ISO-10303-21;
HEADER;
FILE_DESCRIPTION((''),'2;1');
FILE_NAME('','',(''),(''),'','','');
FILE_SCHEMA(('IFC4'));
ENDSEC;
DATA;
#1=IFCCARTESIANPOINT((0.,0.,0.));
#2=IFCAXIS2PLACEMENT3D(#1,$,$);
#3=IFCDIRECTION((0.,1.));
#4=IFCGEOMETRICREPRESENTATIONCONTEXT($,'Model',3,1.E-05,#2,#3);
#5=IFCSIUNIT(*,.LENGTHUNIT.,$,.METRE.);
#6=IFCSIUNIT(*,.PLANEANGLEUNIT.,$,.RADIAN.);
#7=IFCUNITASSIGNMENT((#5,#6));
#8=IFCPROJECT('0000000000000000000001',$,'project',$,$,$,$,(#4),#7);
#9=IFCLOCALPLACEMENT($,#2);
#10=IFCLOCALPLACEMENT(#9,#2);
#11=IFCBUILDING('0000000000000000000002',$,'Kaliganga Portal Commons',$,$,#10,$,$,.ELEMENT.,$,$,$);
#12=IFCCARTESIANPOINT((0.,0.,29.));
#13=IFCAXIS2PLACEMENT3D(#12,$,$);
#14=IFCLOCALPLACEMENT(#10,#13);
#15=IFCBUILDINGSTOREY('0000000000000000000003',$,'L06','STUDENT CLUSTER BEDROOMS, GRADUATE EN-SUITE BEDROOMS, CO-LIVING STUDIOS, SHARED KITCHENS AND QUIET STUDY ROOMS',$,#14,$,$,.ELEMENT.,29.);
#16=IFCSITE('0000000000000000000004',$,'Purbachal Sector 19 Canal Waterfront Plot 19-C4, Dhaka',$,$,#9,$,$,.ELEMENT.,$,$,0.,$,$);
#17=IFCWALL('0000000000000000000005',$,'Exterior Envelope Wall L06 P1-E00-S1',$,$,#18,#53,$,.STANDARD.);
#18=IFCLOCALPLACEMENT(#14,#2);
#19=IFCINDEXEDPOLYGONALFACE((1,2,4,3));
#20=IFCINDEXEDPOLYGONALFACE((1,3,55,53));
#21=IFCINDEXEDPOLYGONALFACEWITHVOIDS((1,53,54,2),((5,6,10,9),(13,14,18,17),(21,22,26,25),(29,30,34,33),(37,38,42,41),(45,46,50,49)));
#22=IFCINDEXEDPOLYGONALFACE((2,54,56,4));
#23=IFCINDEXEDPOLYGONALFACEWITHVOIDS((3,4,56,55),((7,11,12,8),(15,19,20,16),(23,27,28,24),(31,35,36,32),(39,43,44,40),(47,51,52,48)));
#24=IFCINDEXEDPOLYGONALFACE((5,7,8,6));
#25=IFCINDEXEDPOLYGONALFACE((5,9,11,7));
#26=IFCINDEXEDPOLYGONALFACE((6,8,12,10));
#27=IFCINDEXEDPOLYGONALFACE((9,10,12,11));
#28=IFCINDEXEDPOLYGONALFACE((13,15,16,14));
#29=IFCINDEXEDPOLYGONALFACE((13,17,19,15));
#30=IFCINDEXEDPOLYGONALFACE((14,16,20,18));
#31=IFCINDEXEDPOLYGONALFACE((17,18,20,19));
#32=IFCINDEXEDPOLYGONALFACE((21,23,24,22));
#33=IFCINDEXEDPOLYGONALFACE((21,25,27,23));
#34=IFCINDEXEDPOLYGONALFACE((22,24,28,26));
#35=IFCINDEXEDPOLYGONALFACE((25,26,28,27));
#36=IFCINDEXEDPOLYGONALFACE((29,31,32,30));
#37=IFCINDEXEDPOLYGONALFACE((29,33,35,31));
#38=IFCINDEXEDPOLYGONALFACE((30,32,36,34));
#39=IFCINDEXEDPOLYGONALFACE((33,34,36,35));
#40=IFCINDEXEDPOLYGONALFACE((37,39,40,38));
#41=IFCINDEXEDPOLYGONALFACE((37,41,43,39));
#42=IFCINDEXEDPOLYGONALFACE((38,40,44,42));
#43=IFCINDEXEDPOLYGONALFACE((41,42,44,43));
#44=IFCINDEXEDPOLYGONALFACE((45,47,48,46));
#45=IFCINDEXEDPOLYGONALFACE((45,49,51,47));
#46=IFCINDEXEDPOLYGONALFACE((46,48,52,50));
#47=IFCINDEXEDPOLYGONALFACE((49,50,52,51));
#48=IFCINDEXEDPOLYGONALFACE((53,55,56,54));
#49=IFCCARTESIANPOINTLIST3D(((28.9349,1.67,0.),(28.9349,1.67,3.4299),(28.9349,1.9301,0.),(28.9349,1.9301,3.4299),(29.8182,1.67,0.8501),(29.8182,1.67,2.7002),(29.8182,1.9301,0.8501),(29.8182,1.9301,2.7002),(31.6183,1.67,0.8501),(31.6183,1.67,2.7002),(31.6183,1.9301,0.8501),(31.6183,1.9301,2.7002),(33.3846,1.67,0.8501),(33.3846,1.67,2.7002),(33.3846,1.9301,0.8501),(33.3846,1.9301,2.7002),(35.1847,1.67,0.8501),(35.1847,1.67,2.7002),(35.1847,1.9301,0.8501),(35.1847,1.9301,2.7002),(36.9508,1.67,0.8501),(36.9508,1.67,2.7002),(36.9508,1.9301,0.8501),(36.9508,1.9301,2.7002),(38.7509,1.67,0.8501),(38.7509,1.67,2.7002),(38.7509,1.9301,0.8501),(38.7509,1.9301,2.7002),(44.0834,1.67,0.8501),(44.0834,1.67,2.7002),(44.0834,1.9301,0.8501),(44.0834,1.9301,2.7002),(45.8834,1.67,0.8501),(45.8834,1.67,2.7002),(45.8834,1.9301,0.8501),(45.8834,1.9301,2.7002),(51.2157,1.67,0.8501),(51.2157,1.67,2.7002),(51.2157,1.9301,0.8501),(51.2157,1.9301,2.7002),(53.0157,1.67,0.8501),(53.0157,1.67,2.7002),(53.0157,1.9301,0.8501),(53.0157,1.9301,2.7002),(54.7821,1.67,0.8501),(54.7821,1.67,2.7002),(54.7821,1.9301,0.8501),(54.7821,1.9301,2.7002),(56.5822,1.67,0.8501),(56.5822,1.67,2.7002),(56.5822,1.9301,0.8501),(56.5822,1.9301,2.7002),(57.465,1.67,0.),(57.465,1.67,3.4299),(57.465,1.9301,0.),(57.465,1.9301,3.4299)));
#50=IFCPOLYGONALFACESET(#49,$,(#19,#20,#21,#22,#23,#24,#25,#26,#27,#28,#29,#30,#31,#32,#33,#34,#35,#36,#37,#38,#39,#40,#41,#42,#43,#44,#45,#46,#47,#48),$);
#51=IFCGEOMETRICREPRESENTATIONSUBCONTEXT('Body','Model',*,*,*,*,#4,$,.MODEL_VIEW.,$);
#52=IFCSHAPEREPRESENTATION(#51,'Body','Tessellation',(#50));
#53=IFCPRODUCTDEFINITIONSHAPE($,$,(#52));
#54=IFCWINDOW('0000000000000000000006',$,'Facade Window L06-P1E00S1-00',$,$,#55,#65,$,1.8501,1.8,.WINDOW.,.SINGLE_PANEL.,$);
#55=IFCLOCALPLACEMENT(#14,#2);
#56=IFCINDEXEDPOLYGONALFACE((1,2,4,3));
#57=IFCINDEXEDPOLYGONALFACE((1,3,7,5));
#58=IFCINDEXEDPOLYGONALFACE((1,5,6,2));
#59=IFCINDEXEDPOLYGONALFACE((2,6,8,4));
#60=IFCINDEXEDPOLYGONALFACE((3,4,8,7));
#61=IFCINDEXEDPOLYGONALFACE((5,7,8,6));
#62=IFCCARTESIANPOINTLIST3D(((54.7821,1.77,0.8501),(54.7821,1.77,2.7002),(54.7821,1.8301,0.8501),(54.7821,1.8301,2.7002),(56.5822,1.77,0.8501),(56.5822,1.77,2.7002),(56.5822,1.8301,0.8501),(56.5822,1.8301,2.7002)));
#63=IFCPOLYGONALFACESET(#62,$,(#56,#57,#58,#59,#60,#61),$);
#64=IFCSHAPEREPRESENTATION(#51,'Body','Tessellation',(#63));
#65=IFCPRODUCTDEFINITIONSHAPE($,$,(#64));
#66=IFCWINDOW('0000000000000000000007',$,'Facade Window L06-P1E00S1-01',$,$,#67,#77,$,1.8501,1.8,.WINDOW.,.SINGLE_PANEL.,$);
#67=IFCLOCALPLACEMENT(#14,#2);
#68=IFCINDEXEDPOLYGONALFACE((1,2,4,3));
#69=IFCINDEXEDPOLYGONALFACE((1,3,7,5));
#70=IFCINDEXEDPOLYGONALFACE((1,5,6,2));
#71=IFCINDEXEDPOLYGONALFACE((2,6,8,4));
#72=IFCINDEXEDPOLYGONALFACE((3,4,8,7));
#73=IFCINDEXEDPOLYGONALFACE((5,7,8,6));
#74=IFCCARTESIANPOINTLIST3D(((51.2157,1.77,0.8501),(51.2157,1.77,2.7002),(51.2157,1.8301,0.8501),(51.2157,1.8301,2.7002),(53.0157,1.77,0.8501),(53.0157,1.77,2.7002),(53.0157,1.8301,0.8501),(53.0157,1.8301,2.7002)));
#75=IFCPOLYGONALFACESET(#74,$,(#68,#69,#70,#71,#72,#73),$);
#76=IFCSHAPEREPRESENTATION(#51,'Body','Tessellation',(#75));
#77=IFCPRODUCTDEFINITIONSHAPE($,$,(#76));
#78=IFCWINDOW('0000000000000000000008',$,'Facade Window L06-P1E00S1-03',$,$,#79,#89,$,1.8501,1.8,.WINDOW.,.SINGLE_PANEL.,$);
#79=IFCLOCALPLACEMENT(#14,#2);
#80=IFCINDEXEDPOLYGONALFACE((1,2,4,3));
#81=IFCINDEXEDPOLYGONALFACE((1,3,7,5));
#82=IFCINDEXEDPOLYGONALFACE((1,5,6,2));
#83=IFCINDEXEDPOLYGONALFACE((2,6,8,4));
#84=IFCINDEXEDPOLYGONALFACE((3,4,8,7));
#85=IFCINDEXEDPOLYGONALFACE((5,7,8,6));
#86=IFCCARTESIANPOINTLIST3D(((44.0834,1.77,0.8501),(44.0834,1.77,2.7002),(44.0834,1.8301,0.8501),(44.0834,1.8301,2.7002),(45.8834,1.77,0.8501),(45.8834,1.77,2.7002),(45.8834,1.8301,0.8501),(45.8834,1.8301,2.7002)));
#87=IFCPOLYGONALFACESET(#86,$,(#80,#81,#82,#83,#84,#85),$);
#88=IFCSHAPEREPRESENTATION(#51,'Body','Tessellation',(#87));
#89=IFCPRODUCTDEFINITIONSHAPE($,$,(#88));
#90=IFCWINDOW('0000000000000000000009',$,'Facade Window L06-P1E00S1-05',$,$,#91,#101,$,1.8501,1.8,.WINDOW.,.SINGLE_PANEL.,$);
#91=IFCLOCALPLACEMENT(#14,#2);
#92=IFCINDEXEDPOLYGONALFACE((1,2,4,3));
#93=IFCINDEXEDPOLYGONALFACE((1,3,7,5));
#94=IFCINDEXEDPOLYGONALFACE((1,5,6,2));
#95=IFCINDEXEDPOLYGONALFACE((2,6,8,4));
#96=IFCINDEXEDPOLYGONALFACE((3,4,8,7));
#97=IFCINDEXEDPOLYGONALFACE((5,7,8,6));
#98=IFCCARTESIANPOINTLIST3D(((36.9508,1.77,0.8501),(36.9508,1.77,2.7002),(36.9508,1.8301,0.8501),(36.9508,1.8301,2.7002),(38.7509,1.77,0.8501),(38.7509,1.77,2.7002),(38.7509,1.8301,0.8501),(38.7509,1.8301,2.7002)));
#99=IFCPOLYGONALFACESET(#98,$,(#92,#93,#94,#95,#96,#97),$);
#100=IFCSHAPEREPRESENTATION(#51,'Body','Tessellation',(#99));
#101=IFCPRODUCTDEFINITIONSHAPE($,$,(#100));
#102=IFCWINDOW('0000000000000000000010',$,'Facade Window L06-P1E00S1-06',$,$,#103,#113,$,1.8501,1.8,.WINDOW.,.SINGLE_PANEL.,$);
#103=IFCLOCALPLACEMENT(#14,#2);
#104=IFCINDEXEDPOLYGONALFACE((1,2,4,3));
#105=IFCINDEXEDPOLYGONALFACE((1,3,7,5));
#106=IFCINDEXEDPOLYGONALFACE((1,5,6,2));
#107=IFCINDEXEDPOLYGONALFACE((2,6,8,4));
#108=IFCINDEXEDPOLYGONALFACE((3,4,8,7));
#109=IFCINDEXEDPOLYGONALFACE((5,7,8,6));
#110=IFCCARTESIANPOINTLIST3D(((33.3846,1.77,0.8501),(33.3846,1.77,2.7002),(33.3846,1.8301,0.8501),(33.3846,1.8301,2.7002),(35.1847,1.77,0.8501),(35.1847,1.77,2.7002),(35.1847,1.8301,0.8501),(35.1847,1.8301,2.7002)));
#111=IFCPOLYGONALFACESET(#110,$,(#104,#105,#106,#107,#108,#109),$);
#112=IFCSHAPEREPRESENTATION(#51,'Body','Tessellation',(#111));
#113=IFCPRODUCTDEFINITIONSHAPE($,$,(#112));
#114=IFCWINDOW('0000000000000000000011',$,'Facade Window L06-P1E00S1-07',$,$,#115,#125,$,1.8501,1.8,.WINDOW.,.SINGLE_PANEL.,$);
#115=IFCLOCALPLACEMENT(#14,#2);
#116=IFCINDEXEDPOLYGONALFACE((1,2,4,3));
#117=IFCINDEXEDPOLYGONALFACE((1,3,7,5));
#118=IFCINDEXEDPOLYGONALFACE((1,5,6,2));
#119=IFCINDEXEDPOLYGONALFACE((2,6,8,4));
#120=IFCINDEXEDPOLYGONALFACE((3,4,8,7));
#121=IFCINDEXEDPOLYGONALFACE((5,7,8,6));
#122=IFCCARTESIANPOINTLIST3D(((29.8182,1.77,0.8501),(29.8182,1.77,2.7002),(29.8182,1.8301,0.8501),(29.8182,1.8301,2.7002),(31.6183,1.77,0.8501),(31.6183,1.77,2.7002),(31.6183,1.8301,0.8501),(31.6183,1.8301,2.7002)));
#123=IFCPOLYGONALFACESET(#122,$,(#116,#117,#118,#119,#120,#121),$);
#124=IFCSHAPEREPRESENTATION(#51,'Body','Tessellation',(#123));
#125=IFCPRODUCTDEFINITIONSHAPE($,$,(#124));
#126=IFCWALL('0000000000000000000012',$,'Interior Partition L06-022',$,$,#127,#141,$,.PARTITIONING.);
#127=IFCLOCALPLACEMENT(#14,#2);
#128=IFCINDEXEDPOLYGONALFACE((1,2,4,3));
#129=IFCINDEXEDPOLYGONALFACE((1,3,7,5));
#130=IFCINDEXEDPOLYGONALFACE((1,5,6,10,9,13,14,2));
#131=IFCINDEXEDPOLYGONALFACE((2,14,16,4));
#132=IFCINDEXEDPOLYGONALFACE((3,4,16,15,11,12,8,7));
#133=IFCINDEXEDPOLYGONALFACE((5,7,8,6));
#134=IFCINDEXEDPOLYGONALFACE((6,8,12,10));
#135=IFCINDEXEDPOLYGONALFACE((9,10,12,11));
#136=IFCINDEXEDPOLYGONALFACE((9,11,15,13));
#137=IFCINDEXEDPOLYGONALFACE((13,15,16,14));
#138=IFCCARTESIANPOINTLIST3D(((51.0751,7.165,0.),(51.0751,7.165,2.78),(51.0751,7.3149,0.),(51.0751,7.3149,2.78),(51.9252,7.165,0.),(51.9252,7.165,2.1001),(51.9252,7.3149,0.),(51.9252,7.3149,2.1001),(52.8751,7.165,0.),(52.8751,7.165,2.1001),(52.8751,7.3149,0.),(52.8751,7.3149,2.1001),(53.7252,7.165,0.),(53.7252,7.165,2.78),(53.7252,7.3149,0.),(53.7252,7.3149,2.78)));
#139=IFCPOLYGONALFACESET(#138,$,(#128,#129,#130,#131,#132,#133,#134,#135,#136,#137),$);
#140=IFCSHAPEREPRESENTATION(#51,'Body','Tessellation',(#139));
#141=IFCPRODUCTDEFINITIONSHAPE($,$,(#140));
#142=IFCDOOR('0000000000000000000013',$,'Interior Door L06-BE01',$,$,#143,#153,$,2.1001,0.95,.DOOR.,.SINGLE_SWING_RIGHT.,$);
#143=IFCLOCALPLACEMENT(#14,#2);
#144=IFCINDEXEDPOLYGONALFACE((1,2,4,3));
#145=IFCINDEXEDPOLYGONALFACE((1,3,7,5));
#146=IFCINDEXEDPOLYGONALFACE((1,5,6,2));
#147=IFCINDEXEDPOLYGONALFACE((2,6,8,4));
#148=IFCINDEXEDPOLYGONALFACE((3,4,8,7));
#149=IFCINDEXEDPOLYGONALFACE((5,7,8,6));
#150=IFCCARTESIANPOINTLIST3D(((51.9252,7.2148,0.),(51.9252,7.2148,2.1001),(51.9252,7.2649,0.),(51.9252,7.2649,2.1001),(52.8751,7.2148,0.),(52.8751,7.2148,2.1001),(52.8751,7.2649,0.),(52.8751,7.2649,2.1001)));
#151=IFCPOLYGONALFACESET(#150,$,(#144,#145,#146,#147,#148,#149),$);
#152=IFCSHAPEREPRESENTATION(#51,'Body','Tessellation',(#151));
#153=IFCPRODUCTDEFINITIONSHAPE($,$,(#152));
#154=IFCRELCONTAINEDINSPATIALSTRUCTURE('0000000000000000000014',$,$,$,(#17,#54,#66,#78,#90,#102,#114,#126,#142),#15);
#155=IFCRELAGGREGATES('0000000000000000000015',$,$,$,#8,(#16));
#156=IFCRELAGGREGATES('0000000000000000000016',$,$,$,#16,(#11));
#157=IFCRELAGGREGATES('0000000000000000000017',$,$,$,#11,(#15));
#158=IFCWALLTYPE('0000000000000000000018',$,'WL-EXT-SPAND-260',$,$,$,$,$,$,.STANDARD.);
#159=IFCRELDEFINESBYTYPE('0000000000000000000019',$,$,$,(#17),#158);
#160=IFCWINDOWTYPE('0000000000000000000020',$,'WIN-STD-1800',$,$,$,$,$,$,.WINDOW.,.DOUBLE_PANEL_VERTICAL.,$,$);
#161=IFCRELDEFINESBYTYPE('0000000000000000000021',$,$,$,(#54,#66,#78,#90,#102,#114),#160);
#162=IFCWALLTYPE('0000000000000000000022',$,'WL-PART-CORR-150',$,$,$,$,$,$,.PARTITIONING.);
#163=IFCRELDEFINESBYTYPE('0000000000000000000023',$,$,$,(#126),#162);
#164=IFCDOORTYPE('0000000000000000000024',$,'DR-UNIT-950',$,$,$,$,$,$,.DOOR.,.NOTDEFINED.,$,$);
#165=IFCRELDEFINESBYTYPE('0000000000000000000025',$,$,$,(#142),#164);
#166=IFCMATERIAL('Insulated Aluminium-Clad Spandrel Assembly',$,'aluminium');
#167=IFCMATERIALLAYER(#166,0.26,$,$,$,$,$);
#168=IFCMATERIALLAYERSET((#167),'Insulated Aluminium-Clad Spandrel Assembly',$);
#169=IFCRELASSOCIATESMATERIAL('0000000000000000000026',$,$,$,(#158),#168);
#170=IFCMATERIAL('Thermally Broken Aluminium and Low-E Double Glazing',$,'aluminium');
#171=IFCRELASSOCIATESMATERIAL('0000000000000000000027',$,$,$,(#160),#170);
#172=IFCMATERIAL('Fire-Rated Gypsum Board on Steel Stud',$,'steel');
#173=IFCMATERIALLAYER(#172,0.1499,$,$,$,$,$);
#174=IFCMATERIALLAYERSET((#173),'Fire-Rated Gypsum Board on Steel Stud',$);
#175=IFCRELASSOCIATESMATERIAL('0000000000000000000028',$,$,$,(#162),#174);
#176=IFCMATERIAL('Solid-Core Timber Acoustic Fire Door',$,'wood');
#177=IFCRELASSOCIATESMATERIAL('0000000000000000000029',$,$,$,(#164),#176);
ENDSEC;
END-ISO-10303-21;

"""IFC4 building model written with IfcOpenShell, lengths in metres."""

from ifc_helpers import new_model, si_unit, direction, frame, frame_2d, origin, place, context, subcontext, project, spatial, rectangle, extrude, material, layer, layer_set, type_object, element, fill, save


model = new_model("IFC4")

# Units and contexts
model_context = context("Model", 3, precision=1e-05, world=origin(), true_north=direction((0.0, 1.0)))
body_context = subcontext(model_context, "Body", "Model", "MODEL_VIEW")
ifc_project = project(units=[si_unit("LENGTHUNIT", "METRE"), si_unit("PLANEANGLEUNIT", "RADIAN")], contexts=[model_context])

# Site, building, storey
site_placement = place(None, origin())
site = spatial("IfcSite", under=ifc_project, at=site_placement, Name="Purbachal Sector 19 Canal Waterfront Plot 19-C4, Dhaka", CompositionType="ELEMENT", RefElevation=0.0)
building_placement = place(site_placement, origin())
building = spatial("IfcBuilding", under=site, at=building_placement, Name="Kaliganga Portal Commons", CompositionType="ELEMENT")
storey_placement = place(building_placement, frame((0.0, 0.0, 29.0)))
storey = spatial("IfcBuildingStorey", under=building, at=storey_placement, Name="L06", Description="STUDENT CLUSTER BEDROOMS, GRADUATE EN-SUITE BEDROOMS, CO-LIVING STUDIOS, SHARED KITCHENS AND QUIET STUDY ROOMS", CompositionType="ELEMENT", Elevation=29.0)

# Wall, openings, windows
ifc_material_1 = material(Name="Insulated Aluminium-Clad Spandrel Assembly", Category="aluminium")
ifc_layer_1 = layer(ifc_material_1, 0.26)
ifc_layer_set_1 = layer_set([ifc_layer_1], Name="Insulated Aluminium-Clad Spandrel Assembly")
wall_type_1 = type_object("IfcWallType", Name="WL-EXT-SPAND-260", PredefinedType="STANDARD", material=ifc_layer_set_1)
wall_1_placement = place(storey_placement, frame((57.4651, 1.8, 0.0), z_axis=(0.0, 0.0, 1.0), x_axis=(-1.0, 0.0, 0.0)))
wall_1 = element("IfcWall", 1, at=wall_1_placement, inside=storey, type_object=wall_type_1, Name="Exterior Envelope Wall L06 P1-E00-S1", PredefinedType="STANDARD", context=body_context, shape_type="SweptSolid", body=[
    extrude(rectangle(XDim=28.53, YDim=0.26, at=frame_2d((14.2651, 0.0))), origin(), (0.0, 0.0, 1.0), 3.4299),
])
opening_1_placement = place(wall_1_placement, frame((0.8831, 0.0, 0.8501)))
opening_1 = element("IfcOpeningElement", 2, at=opening_1_placement, cuts=wall_1, PredefinedType="OPENING", context=body_context, shape_type="SweptSolid", body=[
    extrude(rectangle(XDim=1.8, YDim=1.8501, at=frame_2d((0.8999, 0.925))), frame((0.0, 0.1401, 0.0), z_axis=(0.0, -1.0, 0.0), x_axis=(1.0, 0.0, 0.0)), (0.0, 0.0, 1.0), 0.28),
])
opening_2_placement = place(wall_1_placement, frame((4.4495, 0.0, 0.8501)))
opening_2 = element("IfcOpeningElement", 3, at=opening_2_placement, cuts=wall_1, PredefinedType="OPENING", context=body_context, shape_type="SweptSolid", body=[
    extrude(rectangle(XDim=1.8, YDim=1.8501, at=frame_2d((0.8999, 0.925))), frame((0.0, 0.1401, 0.0), z_axis=(0.0, -1.0, 0.0), x_axis=(1.0, 0.0, 0.0)), (0.0, 0.0, 1.0), 0.28),
])
opening_3_placement = place(wall_1_placement, frame((11.5818, 0.0, 0.8501)))
opening_3 = element("IfcOpeningElement", 4, at=opening_3_placement, cuts=wall_1, PredefinedType="OPENING", context=body_context, shape_type="SweptSolid", body=[
    extrude(rectangle(XDim=1.8, YDim=1.8501, at=frame_2d((0.8999, 0.925))), frame((0.0, 0.1401, 0.0), z_axis=(0.0, -1.0, 0.0), x_axis=(1.0, 0.0, 0.0)), (0.0, 0.0, 1.0), 0.28),
])
opening_4_placement = place(wall_1_placement, frame((18.7144, 0.0, 0.8501)))
opening_4 = element("IfcOpeningElement", 5, at=opening_4_placement, cuts=wall_1, PredefinedType="OPENING", context=body_context, shape_type="SweptSolid", body=[
    extrude(rectangle(XDim=1.8, YDim=1.8501, at=frame_2d((0.8999, 0.925))), frame((0.0, 0.1401, 0.0), z_axis=(0.0, -1.0, 0.0), x_axis=(1.0, 0.0, 0.0)), (0.0, 0.0, 1.0), 0.28),
])
opening_5_placement = place(wall_1_placement, frame((22.2805, 0.0, 0.8501)))
opening_5 = element("IfcOpeningElement", 6, at=opening_5_placement, cuts=wall_1, PredefinedType="OPENING", context=body_context, shape_type="SweptSolid", body=[
    extrude(rectangle(XDim=1.8, YDim=1.8501, at=frame_2d((0.8999, 0.925))), frame((0.0, 0.1401, 0.0), z_axis=(0.0, -1.0, 0.0), x_axis=(1.0, 0.0, 0.0)), (0.0, 0.0, 1.0), 0.28),
])
opening_6_placement = place(wall_1_placement, frame((25.8469, 0.0, 0.8501)))
opening_6 = element("IfcOpeningElement", 7, at=opening_6_placement, cuts=wall_1, PredefinedType="OPENING", context=body_context, shape_type="SweptSolid", body=[
    extrude(rectangle(XDim=1.8, YDim=1.8501, at=frame_2d((0.8999, 0.925))), frame((0.0, 0.1401, 0.0), z_axis=(0.0, -1.0, 0.0), x_axis=(1.0, 0.0, 0.0)), (0.0, 0.0, 1.0), 0.28),
])
ifc_material_2 = material(Name="Thermally Broken Aluminium and Low-E Double Glazing", Category="aluminium")
window_type = type_object("IfcWindowType", Name="WIN-STD-1800", PartitioningType="DOUBLE_PANEL_VERTICAL", PredefinedType="WINDOW", material=ifc_material_2)
window_1_placement = place(opening_1_placement, origin())
window_1 = element("IfcWindow", 8, at=window_1_placement, inside=storey, type_object=window_type, Name="Facade Window L06-P1E00S1-00", OverallHeight=1.8501, OverallWidth=1.8, PartitioningType="SINGLE_PANEL", PredefinedType="WINDOW", context=body_context, shape_type="SweptSolid", body=[
    extrude(rectangle(XDim=1.8, YDim=1.8501, at=frame_2d((0.8999, 0.925))), frame((0.0, 0.03, 0.0), z_axis=(0.0, -1.0, 0.0), x_axis=(1.0, 0.0, 0.0)), (0.0, 0.0, 1.0), 0.0601),
])
fill(opening_1, window_1)
window_2_placement = place(opening_2_placement, origin())
window_2 = element("IfcWindow", 9, at=window_2_placement, inside=storey, type_object=window_type, Name="Facade Window L06-P1E00S1-01", OverallHeight=1.8501, OverallWidth=1.8, PartitioningType="SINGLE_PANEL", PredefinedType="WINDOW", context=body_context, shape_type="SweptSolid", body=[
    extrude(rectangle(XDim=1.8, YDim=1.8501, at=frame_2d((0.8999, 0.925))), frame((0.0, 0.03, 0.0), z_axis=(0.0, -1.0, 0.0), x_axis=(1.0, 0.0, 0.0)), (0.0, 0.0, 1.0), 0.0601),
])
fill(opening_2, window_2)
window_3_placement = place(opening_3_placement, origin())
window_3 = element("IfcWindow", 10, at=window_3_placement, inside=storey, type_object=window_type, Name="Facade Window L06-P1E00S1-03", OverallHeight=1.8501, OverallWidth=1.8, PartitioningType="SINGLE_PANEL", PredefinedType="WINDOW", context=body_context, shape_type="SweptSolid", body=[
    extrude(rectangle(XDim=1.8, YDim=1.8501, at=frame_2d((0.8999, 0.925))), frame((0.0, 0.03, 0.0), z_axis=(0.0, -1.0, 0.0), x_axis=(1.0, 0.0, 0.0)), (0.0, 0.0, 1.0), 0.0601),
])
fill(opening_3, window_3)
window_4_placement = place(opening_4_placement, origin())
window_4 = element("IfcWindow", 11, at=window_4_placement, inside=storey, type_object=window_type, Name="Facade Window L06-P1E00S1-05", OverallHeight=1.8501, OverallWidth=1.8, PartitioningType="SINGLE_PANEL", PredefinedType="WINDOW", context=body_context, shape_type="SweptSolid", body=[
    extrude(rectangle(XDim=1.8, YDim=1.8501, at=frame_2d((0.8999, 0.925))), frame((0.0, 0.03, 0.0), z_axis=(0.0, -1.0, 0.0), x_axis=(1.0, 0.0, 0.0)), (0.0, 0.0, 1.0), 0.0601),
])
fill(opening_4, window_4)
window_5_placement = place(opening_5_placement, origin())
window_5 = element("IfcWindow", 12, at=window_5_placement, inside=storey, type_object=window_type, Name="Facade Window L06-P1E00S1-06", OverallHeight=1.8501, OverallWidth=1.8, PartitioningType="SINGLE_PANEL", PredefinedType="WINDOW", context=body_context, shape_type="SweptSolid", body=[
    extrude(rectangle(XDim=1.8, YDim=1.8501, at=frame_2d((0.8999, 0.925))), frame((0.0, 0.03, 0.0), z_axis=(0.0, -1.0, 0.0), x_axis=(1.0, 0.0, 0.0)), (0.0, 0.0, 1.0), 0.0601),
])
fill(opening_5, window_5)
window_6_placement = place(opening_6_placement, origin())
window_6 = element("IfcWindow", 13, at=window_6_placement, inside=storey, type_object=window_type, Name="Facade Window L06-P1E00S1-07", OverallHeight=1.8501, OverallWidth=1.8, PartitioningType="SINGLE_PANEL", PredefinedType="WINDOW", context=body_context, shape_type="SweptSolid", body=[
    extrude(rectangle(XDim=1.8, YDim=1.8501, at=frame_2d((0.8999, 0.925))), frame((0.0, 0.03, 0.0), z_axis=(0.0, -1.0, 0.0), x_axis=(1.0, 0.0, 0.0)), (0.0, 0.0, 1.0), 0.0601),
])
fill(opening_6, window_6)

# Wall, opening, door
ifc_material_3 = material(Name="Fire-Rated Gypsum Board on Steel Stud", Category="steel")
ifc_layer_2 = layer(ifc_material_3, 0.1499)
ifc_layer_set_2 = layer_set([ifc_layer_2], Name="Fire-Rated Gypsum Board on Steel Stud")
wall_type_2 = type_object("IfcWallType", Name="WL-PART-CORR-150", PredefinedType="PARTITIONING", material=ifc_layer_set_2)
wall_2_placement = place(storey_placement, frame((51.075, 7.24, 0.0), z_axis=(0.0, 0.0, 1.0), x_axis=(1.0, 0.0, 0.0)))
wall_2 = element("IfcWall", 14, at=wall_2_placement, inside=storey, type_object=wall_type_2, Name="Interior Partition L06-022", PredefinedType="PARTITIONING", context=body_context, shape_type="SweptSolid", body=[
    extrude(rectangle(XDim=2.6501, YDim=0.1499, at=frame_2d((1.3252, 0.0))), origin(), (0.0, 0.0, 1.0), 2.78),
])
opening_7_placement = place(wall_2_placement, frame((0.8501, 0.0, 0.0)))
opening_7 = element("IfcOpeningElement", 15, at=opening_7_placement, cuts=wall_2, PredefinedType="OPENING", context=body_context, shape_type="SweptSolid", body=[
    extrude(rectangle(XDim=0.95, YDim=2.1001, at=frame_2d((0.4751, 1.05))), frame((0.0, 0.085, 0.0), z_axis=(0.0, -1.0, 0.0), x_axis=(1.0, 0.0, 0.0)), (0.0, 0.0, 1.0), 0.1699),
])
ifc_material_4 = material(Name="Solid-Core Timber Acoustic Fire Door", Category="wood")
door_type_1 = type_object("IfcDoorType", Name="DR-UNIT-950", OperationType="NOTDEFINED", PredefinedType="DOOR", material=ifc_material_4)
door_1_placement = place(opening_7_placement, origin())
door_1 = element("IfcDoor", 16, at=door_1_placement, inside=storey, type_object=door_type_1, Name="Interior Door L06-BE01", OperationType="SINGLE_SWING_RIGHT", OverallHeight=2.1001, OverallWidth=0.95, PredefinedType="DOOR", context=body_context, shape_type="SweptSolid", body=[
    extrude(rectangle(XDim=0.95, YDim=2.1001, at=frame_2d((0.4751, 1.05))), frame((0.0, 0.0249, 0.0), z_axis=(0.0, -1.0, 0.0), x_axis=(1.0, 0.0, 0.0)), (0.0, 0.0, 1.0), 0.05),
])
fill(opening_7, door_1)

save(model, "model.ifc")
